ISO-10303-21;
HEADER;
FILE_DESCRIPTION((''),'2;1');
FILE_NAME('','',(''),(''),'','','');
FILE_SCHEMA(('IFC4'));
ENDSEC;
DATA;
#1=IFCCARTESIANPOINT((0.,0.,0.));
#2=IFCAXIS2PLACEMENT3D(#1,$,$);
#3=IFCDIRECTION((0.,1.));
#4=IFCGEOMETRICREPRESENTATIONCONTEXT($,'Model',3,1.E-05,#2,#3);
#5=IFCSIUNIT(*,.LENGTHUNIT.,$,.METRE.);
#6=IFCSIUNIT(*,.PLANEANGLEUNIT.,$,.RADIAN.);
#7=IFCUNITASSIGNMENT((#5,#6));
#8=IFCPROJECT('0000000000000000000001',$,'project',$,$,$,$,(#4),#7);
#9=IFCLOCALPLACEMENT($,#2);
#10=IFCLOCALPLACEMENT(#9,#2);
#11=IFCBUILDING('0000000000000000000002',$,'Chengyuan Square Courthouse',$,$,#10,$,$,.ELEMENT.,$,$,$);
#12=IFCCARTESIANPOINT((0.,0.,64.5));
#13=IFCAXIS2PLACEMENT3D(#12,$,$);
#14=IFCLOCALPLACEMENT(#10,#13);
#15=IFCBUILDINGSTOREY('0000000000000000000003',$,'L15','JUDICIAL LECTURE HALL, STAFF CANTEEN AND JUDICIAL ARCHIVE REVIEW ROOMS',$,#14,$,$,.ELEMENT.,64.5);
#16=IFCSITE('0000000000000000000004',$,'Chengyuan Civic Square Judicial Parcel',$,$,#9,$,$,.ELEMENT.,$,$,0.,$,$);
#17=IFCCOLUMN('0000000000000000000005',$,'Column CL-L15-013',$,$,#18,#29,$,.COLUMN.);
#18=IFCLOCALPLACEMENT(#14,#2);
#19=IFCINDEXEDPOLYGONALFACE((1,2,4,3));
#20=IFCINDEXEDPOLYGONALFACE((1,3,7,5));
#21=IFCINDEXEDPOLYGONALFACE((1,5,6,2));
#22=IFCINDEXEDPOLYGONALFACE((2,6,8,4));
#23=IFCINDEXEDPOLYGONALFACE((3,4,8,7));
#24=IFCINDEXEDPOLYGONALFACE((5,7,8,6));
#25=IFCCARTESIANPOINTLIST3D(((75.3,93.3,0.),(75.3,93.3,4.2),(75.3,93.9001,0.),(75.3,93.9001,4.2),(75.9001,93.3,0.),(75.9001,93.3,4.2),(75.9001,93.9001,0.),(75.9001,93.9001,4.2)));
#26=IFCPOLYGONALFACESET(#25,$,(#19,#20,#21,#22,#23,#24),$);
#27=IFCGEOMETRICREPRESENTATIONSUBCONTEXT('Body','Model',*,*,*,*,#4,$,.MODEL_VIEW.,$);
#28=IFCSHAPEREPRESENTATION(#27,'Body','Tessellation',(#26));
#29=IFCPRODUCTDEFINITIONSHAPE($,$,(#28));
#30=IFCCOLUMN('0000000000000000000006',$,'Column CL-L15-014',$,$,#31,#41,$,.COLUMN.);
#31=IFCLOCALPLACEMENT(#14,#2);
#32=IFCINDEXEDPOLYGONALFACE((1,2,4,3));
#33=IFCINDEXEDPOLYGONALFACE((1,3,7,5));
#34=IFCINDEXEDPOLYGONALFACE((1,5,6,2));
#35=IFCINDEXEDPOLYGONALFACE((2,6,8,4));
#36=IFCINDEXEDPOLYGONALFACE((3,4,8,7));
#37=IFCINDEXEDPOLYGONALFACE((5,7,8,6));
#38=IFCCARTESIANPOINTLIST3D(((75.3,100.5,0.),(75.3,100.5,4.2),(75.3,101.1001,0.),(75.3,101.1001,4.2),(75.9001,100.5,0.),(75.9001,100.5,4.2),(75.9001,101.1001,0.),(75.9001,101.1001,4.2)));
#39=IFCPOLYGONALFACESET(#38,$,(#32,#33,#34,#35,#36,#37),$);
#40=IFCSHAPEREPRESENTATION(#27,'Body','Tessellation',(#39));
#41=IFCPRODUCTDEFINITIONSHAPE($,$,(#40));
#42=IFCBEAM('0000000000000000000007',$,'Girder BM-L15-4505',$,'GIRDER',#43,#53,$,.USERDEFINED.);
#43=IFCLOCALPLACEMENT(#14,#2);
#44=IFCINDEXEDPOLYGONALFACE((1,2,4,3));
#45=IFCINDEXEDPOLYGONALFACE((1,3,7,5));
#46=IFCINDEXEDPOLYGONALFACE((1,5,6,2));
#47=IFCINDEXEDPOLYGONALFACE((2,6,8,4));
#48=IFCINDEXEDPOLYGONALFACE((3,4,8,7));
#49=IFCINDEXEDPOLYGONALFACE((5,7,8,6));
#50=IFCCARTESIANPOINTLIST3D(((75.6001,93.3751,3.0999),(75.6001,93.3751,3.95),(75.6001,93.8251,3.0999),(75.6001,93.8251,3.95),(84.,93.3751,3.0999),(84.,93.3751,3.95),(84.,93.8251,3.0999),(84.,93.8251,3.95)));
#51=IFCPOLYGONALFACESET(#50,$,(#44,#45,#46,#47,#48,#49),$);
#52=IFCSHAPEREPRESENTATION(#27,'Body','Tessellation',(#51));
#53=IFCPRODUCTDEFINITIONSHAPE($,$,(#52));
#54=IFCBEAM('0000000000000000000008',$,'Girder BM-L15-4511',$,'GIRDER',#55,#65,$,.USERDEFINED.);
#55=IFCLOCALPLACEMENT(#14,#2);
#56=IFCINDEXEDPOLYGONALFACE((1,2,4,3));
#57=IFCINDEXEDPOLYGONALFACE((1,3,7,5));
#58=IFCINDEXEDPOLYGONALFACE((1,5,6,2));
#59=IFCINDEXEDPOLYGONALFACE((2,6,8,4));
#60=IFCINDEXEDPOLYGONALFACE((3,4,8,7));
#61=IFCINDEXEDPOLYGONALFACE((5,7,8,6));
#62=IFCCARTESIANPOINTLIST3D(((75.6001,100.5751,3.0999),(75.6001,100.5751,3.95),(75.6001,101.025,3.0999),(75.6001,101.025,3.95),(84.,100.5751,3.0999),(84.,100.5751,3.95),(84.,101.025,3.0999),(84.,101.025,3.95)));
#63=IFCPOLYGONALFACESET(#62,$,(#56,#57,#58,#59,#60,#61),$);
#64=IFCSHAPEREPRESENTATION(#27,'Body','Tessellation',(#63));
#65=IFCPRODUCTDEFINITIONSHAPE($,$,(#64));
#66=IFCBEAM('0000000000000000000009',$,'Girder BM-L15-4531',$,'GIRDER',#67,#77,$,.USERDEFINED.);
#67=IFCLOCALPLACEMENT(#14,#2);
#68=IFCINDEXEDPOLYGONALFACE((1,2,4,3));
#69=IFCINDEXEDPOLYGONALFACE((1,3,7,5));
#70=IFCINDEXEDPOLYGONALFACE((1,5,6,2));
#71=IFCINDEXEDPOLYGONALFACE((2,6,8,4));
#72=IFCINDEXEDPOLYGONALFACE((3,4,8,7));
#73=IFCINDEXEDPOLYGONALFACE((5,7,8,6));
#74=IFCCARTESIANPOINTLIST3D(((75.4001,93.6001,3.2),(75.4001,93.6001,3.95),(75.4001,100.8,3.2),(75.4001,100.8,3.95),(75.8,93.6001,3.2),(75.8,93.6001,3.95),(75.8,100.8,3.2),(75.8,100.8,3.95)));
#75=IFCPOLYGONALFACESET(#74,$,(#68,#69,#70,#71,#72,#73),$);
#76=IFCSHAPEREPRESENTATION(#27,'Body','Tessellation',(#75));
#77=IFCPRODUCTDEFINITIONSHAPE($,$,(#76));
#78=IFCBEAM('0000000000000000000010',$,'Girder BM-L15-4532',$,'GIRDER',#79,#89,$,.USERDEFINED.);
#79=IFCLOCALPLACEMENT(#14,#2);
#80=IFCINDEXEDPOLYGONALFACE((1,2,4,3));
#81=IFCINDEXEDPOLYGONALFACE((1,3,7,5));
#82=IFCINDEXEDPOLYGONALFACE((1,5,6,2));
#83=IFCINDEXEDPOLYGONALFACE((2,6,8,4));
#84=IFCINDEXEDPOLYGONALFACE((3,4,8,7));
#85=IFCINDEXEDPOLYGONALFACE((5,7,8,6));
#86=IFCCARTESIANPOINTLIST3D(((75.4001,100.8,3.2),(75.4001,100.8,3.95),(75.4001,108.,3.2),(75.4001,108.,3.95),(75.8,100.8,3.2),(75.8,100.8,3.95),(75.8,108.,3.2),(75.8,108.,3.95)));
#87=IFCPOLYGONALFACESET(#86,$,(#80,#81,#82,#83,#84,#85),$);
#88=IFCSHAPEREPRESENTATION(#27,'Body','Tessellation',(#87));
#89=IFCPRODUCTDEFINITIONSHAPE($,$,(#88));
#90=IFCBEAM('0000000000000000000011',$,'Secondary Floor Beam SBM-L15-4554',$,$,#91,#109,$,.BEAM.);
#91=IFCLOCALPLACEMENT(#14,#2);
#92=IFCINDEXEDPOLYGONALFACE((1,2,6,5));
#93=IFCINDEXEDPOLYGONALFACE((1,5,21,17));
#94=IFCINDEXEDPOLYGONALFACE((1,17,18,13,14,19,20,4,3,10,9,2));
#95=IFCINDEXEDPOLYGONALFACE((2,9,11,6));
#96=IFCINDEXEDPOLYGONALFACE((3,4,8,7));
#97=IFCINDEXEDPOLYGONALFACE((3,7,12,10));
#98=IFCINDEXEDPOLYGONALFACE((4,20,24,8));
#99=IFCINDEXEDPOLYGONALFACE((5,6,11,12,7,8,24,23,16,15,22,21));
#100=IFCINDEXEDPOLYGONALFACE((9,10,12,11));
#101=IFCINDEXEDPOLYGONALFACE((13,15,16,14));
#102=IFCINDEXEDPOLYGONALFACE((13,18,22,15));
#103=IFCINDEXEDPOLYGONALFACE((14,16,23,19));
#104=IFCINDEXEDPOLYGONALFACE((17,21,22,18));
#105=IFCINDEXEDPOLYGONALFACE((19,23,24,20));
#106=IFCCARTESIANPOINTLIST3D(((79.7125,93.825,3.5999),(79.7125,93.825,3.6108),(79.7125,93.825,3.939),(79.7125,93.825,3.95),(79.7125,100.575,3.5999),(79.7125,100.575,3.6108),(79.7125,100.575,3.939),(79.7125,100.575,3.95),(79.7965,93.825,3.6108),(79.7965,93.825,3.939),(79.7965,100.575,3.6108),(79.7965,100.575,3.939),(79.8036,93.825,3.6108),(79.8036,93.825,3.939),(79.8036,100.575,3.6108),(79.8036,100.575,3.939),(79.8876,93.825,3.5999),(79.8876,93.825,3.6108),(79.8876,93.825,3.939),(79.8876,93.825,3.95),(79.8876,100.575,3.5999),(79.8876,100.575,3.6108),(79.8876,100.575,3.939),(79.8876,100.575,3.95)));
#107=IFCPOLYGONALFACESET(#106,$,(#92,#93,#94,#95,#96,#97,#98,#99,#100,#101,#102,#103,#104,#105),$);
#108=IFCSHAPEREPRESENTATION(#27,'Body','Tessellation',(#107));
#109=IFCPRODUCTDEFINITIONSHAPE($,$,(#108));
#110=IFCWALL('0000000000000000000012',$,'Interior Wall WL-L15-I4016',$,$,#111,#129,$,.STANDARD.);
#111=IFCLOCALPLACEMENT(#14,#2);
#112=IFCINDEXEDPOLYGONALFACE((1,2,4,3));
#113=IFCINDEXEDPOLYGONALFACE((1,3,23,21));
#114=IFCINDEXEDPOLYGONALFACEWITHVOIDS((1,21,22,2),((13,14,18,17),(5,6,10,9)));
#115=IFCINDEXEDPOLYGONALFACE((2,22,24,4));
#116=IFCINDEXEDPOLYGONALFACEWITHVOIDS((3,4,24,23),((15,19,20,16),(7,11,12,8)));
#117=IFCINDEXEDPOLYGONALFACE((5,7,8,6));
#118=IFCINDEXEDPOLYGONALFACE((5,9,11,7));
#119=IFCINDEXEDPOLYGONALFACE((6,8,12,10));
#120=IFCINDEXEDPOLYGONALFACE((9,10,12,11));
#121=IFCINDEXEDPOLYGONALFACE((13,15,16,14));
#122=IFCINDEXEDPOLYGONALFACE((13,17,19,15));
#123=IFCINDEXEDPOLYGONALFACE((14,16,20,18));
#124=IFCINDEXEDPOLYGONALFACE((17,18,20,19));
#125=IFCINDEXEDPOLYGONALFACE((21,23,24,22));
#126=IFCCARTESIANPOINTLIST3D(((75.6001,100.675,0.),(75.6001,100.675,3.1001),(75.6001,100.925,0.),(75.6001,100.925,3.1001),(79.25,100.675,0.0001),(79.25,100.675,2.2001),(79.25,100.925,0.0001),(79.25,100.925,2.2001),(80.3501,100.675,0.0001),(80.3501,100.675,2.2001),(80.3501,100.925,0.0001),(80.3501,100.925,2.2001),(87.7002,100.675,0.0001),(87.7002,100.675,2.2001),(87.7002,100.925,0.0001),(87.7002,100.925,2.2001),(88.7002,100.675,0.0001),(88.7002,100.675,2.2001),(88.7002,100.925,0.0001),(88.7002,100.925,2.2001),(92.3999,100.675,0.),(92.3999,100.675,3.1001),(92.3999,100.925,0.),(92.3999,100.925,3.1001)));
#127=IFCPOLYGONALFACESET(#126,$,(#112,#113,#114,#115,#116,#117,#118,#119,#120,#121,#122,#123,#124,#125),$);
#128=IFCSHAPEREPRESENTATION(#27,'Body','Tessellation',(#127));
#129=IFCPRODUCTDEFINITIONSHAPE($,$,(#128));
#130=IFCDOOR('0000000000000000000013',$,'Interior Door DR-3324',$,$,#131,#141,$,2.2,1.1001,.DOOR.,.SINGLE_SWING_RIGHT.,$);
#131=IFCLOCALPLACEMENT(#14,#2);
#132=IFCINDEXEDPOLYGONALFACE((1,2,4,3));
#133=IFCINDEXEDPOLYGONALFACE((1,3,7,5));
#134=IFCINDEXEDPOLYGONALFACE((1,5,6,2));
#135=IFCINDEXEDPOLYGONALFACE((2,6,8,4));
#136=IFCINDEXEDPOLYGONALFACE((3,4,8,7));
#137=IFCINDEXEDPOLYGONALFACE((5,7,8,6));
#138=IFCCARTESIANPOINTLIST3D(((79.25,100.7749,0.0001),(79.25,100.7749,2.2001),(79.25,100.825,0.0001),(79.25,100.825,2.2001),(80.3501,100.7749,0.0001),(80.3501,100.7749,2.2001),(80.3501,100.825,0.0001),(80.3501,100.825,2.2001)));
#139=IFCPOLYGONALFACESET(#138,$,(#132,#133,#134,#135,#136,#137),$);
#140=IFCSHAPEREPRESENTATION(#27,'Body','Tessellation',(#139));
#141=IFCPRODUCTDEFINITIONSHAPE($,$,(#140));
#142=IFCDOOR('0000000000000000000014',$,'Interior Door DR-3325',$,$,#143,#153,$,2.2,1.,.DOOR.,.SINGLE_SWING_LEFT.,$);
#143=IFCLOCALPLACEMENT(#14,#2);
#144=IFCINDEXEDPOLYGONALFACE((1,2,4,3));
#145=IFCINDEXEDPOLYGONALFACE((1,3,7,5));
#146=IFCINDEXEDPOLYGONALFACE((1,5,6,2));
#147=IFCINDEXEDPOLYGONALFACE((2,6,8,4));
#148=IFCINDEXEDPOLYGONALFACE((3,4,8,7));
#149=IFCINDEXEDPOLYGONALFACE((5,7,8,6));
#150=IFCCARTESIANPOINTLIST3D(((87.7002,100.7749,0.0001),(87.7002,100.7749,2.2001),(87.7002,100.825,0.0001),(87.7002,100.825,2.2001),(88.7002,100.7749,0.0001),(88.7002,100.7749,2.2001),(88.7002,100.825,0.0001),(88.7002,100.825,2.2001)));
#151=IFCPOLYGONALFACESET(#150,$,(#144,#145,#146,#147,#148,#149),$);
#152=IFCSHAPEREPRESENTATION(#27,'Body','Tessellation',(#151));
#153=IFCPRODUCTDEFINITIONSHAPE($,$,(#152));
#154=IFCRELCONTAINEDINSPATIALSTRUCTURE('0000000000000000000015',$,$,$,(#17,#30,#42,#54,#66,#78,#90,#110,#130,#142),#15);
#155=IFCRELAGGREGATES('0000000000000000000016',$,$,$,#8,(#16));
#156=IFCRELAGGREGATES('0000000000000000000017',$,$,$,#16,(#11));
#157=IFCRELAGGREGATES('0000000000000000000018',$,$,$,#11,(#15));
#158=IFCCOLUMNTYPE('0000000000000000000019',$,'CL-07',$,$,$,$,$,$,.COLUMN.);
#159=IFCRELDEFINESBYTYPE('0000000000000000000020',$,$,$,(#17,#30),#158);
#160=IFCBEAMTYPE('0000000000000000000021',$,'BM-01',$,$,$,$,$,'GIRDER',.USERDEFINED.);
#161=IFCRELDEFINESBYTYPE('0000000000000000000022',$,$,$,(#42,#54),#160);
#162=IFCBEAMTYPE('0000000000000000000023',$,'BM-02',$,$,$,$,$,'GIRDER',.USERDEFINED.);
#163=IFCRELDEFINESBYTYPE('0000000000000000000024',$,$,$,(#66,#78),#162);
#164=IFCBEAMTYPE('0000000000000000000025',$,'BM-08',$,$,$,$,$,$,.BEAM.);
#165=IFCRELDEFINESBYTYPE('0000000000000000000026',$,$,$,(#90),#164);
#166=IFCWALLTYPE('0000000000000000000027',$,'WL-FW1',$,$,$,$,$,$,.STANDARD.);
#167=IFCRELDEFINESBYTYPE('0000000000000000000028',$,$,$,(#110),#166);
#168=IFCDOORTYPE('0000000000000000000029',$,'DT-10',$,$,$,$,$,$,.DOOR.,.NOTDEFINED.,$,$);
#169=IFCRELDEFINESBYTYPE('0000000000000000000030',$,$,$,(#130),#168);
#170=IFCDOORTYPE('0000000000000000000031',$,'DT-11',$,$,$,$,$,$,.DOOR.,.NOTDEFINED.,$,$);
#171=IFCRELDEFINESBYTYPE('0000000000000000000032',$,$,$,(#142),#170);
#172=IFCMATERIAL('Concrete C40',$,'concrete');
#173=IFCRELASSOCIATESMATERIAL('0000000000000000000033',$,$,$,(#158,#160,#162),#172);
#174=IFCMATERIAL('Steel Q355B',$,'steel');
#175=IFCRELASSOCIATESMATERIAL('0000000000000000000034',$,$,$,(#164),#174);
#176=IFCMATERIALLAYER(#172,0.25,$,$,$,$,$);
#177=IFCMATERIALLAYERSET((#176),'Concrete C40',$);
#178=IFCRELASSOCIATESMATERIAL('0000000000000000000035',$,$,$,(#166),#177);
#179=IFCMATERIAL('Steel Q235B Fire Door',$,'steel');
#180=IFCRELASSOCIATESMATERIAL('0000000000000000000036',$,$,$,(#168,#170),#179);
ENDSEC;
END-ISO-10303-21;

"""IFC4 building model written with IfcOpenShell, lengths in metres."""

from ifc_helpers import new_model, si_unit, direction, frame, frame_2d, origin, origin_2d, place, context, subcontext, project, spatial, rectangle, i_section, extrude, material, layer, layer_set, material_profile, profile_set, type_object, element, fill, save


model = new_model("IFC4")

# Units and contexts
model_context = context("Model", 3, precision=1e-05, world=origin(), true_north=direction((0.0, 1.0)))
body_context = subcontext(model_context, "Body", "Model", "MODEL_VIEW")
ifc_project = project(units=[si_unit("LENGTHUNIT", "METRE"), si_unit("PLANEANGLEUNIT", "RADIAN")], contexts=[model_context])

# Site, building, storey
site_placement = place(None, origin())
site = spatial("IfcSite", under=ifc_project, at=site_placement, Name="Chengyuan Civic Square Judicial Parcel", CompositionType="ELEMENT", RefElevation=0.0)
building_placement = place(site_placement, origin())
building = spatial("IfcBuilding", under=site, at=building_placement, Name="Chengyuan Square Courthouse", CompositionType="ELEMENT")
storey_placement = place(building_placement, frame((0.0, 0.0, 64.5)))
storey = spatial("IfcBuildingStorey", under=building, at=storey_placement, Name="L15", Description="JUDICIAL LECTURE HALL, STAFF CANTEEN AND JUDICIAL ARCHIVE REVIEW ROOMS", CompositionType="ELEMENT", Elevation=64.5)

# Columns
ifc_material_1 = material(Name="Concrete C40", Category="concrete")
ifc_material_profile_1 = material_profile(ifc_material_1, rectangle(XDim=0.6001, YDim=0.6001, at=origin_2d()), Name="RC-COL-600x600")
ifc_profile_set_1 = profile_set([ifc_material_profile_1], Name="Concrete C40")
column_type = type_object("IfcColumnType", Name="CL-07", PredefinedType="COLUMN", material=ifc_profile_set_1)
for number, where, z_axis, x_axis, name in (
    (1, (75.6001, 93.6001, 0.0), (0.0, 0.0, 1.0), (1.0, 0.0, 0.0), "Column CL-L15-013"),
    (2, (75.6001, 100.8, 0.0), (0.0, 0.0, 1.0), (1.0, 0.0, 0.0), "Column CL-L15-014"),
):
    element("IfcColumn", number, at=place(storey_placement, frame(where, z_axis=z_axis, x_axis=x_axis)), inside=storey, type_object=column_type, Name=name, PredefinedType="COLUMN", context=body_context, shape_type="SweptSolid", body=[
        extrude(rectangle(XDim=0.6001, YDim=0.6001, at=origin_2d()), origin(), (0.0, 0.0, 1.0), 4.2),
    ])

# Beams
ifc_material_profile_2 = material_profile(ifc_material_1, rectangle(XDim=0.45, YDim=0.8501, at=origin_2d()), Name="RC-BM-450x850")
ifc_profile_set_2 = profile_set([ifc_material_profile_2], Name="Concrete C40")
beam_type_1 = type_object("IfcBeamType", Name="BM-01", ElementType="GIRDER", PredefinedType="USERDEFINED", material=ifc_profile_set_2)
for number, where, z_axis, x_axis, name in (
    (3, (75.6001, 93.6001, 3.5249), (1.0, 0.0, 0.0), (0.0, 1.0, 0.0), "Girder BM-L15-4505"),
    (4, (75.6001, 100.8, 3.5249), (1.0, 0.0, 0.0), (0.0, 1.0, 0.0), "Girder BM-L15-4511"),
):
    element("IfcBeam", number, at=place(storey_placement, frame(where, z_axis=z_axis, x_axis=x_axis)), inside=storey, type_object=beam_type_1, Name=name, ObjectType="GIRDER", PredefinedType="USERDEFINED", context=body_context, shape_type="SweptSolid", body=[
        extrude(rectangle(XDim=0.45, YDim=0.8501, at=origin_2d()), origin(), (0.0, 0.0, 1.0), 8.3999),
    ])
ifc_material_profile_3 = material_profile(ifc_material_1, rectangle(XDim=0.3999, YDim=0.75, at=origin_2d()), Name="RC-BM-400x750")
ifc_profile_set_3 = profile_set([ifc_material_profile_3], Name="Concrete C40")
beam_type_2 = type_object("IfcBeamType", Name="BM-02", ElementType="GIRDER", PredefinedType="USERDEFINED", material=ifc_profile_set_3)
for number, where, z_axis, x_axis, name in (
    (5, (75.6001, 93.6001, 3.575), (0.0, 1.0, 0.0), (-1.0, 0.0, 0.0), "Girder BM-L15-4531"),
    (6, (75.6001, 100.8, 3.575), (0.0, 1.0, 0.0), (-1.0, 0.0, 0.0), "Girder BM-L15-4532"),
):
    element("IfcBeam", number, at=place(storey_placement, frame(where, z_axis=z_axis, x_axis=x_axis)), inside=storey, type_object=beam_type_2, Name=name, ObjectType="GIRDER", PredefinedType="USERDEFINED", context=body_context, shape_type="SweptSolid", body=[
        extrude(rectangle(XDim=0.3999, YDim=0.75, at=origin_2d()), origin(), (0.0, 0.0, 1.0), 7.2),
    ])
ifc_material_2 = material(Name="Steel Q355B", Category="steel")
ifc_material_profile_4 = material_profile(ifc_material_2, i_section(OverallWidth=0.175, OverallDepth=0.3501, WebThickness=0.0071, FlangeThickness=0.011, at=origin_2d()), Name="HN 350x175x7x11")
ifc_profile_set_4 = profile_set([ifc_material_profile_4], Name="Steel Q355B")
beam_type_3 = type_object("IfcBeamType", Name="BM-08", PredefinedType="BEAM", material=ifc_profile_set_4)
beam_placement = place(storey_placement, frame((79.8, 93.825, 3.7749), z_axis=(0.0, 1.0, 0.0), x_axis=(-1.0, 0.0, 0.0)))
element("IfcBeam", 7, at=beam_placement, inside=storey, type_object=beam_type_3, Name="Secondary Floor Beam SBM-L15-4554", PredefinedType="BEAM", context=body_context, shape_type="SweptSolid", body=[
    extrude(i_section(OverallWidth=0.175, OverallDepth=0.3501, WebThickness=0.0071, FlangeThickness=0.011, at=origin_2d()), origin(), (0.0, 0.0, 1.0), 6.75),
])

# Wall, openings, doors
ifc_layer_1 = layer(ifc_material_1, 0.25)
ifc_layer_set_1 = layer_set([ifc_layer_1], Name="Concrete C40")
wall_type_1 = type_object("IfcWallType", Name="WL-FW1", PredefinedType="STANDARD", material=ifc_layer_set_1)
wall_1_placement = place(storey_placement, frame((75.6001, 100.8, 0.0), z_axis=(0.0, 0.0, 1.0), x_axis=(1.0, 0.0, 0.0)))
wall_1 = element("IfcWall", 8, at=wall_1_placement, inside=storey, type_object=wall_type_1, Name="Interior Wall WL-L15-I4016", PredefinedType="STANDARD", context=body_context, shape_type="SweptSolid", body=[
    extrude(rectangle(XDim=16.7998, YDim=0.25, at=frame_2d((8.3999, 0.0))), origin(), (0.0, 0.0, 1.0), 3.1001),
])
opening_1_placement = place(wall_1_placement, frame((3.6499, 0.0, 0.0)))
opening_1 = element("IfcOpeningElement", 9, at=opening_1_placement, cuts=wall_1, PredefinedType="OPENING", context=body_context, shape_type="SweptSolid", body=[
    extrude(rectangle(XDim=1.1001, YDim=2.2, at=frame_2d((0.55, 1.1001))), frame((0.0, 0.137, 0.0), z_axis=(0.0, -1.0, 0.0), x_axis=(1.0, 0.0, 0.0)), (0.0, 0.0, 1.0), 0.2739),
])
opening_2_placement = place(wall_1_placement, frame((12.1001, 0.0, 0.0)))
opening_2 = element("IfcOpeningElement", 10, at=opening_2_placement, cuts=wall_1, PredefinedType="OPENING", context=body_context, shape_type="SweptSolid", body=[
    extrude(rectangle(XDim=1.0, YDim=2.2, at=frame_2d((0.5, 1.1001))), frame((0.0, 0.137, 0.0), z_axis=(0.0, -1.0, 0.0), x_axis=(1.0, 0.0, 0.0)), (0.0, 0.0, 1.0), 0.2739),
])
ifc_material_3 = material(Name="Steel Q235B Fire Door", Category="steel")
door_type_1 = type_object("IfcDoorType", Name="DT-10", OperationType="NOTDEFINED", PredefinedType="DOOR", material=ifc_material_3)
door_1_placement = place(opening_1_placement, origin())
door_1 = element("IfcDoor", 11, at=door_1_placement, inside=storey, type_object=door_type_1, Name="Interior Door DR-3324", OperationType="SINGLE_SWING_RIGHT", OverallHeight=2.2, OverallWidth=1.1001, PredefinedType="DOOR", context=body_context, shape_type="SweptSolid", body=[
    extrude(rectangle(XDim=1.1001, YDim=2.2, at=frame_2d((0.55, 1.1001))), frame((0.0, 0.0249, 0.0), z_axis=(0.0, -1.0, 0.0), x_axis=(1.0, 0.0, 0.0)), (0.0, 0.0, 1.0), 0.05),
])
fill(opening_1, door_1)
door_type_2 = type_object("IfcDoorType", Name="DT-11", OperationType="NOTDEFINED", PredefinedType="DOOR", material=ifc_material_3)
door_2_placement = place(opening_2_placement, origin())
door_2 = element("IfcDoor", 12, at=door_2_placement, inside=storey, type_object=door_type_2, Name="Interior Door DR-3325", OperationType="SINGLE_SWING_LEFT", OverallHeight=2.2, OverallWidth=1.0, PredefinedType="DOOR", context=body_context, shape_type="SweptSolid", body=[
    extrude(rectangle(XDim=1.0, YDim=2.2, at=frame_2d((0.5, 1.1001))), frame((0.0, 0.0249, 0.0), z_axis=(0.0, -1.0, 0.0), x_axis=(1.0, 0.0, 0.0)), (0.0, 0.0, 1.0), 0.05),
])
fill(opening_2, door_2)

save(model, "model.ifc")
